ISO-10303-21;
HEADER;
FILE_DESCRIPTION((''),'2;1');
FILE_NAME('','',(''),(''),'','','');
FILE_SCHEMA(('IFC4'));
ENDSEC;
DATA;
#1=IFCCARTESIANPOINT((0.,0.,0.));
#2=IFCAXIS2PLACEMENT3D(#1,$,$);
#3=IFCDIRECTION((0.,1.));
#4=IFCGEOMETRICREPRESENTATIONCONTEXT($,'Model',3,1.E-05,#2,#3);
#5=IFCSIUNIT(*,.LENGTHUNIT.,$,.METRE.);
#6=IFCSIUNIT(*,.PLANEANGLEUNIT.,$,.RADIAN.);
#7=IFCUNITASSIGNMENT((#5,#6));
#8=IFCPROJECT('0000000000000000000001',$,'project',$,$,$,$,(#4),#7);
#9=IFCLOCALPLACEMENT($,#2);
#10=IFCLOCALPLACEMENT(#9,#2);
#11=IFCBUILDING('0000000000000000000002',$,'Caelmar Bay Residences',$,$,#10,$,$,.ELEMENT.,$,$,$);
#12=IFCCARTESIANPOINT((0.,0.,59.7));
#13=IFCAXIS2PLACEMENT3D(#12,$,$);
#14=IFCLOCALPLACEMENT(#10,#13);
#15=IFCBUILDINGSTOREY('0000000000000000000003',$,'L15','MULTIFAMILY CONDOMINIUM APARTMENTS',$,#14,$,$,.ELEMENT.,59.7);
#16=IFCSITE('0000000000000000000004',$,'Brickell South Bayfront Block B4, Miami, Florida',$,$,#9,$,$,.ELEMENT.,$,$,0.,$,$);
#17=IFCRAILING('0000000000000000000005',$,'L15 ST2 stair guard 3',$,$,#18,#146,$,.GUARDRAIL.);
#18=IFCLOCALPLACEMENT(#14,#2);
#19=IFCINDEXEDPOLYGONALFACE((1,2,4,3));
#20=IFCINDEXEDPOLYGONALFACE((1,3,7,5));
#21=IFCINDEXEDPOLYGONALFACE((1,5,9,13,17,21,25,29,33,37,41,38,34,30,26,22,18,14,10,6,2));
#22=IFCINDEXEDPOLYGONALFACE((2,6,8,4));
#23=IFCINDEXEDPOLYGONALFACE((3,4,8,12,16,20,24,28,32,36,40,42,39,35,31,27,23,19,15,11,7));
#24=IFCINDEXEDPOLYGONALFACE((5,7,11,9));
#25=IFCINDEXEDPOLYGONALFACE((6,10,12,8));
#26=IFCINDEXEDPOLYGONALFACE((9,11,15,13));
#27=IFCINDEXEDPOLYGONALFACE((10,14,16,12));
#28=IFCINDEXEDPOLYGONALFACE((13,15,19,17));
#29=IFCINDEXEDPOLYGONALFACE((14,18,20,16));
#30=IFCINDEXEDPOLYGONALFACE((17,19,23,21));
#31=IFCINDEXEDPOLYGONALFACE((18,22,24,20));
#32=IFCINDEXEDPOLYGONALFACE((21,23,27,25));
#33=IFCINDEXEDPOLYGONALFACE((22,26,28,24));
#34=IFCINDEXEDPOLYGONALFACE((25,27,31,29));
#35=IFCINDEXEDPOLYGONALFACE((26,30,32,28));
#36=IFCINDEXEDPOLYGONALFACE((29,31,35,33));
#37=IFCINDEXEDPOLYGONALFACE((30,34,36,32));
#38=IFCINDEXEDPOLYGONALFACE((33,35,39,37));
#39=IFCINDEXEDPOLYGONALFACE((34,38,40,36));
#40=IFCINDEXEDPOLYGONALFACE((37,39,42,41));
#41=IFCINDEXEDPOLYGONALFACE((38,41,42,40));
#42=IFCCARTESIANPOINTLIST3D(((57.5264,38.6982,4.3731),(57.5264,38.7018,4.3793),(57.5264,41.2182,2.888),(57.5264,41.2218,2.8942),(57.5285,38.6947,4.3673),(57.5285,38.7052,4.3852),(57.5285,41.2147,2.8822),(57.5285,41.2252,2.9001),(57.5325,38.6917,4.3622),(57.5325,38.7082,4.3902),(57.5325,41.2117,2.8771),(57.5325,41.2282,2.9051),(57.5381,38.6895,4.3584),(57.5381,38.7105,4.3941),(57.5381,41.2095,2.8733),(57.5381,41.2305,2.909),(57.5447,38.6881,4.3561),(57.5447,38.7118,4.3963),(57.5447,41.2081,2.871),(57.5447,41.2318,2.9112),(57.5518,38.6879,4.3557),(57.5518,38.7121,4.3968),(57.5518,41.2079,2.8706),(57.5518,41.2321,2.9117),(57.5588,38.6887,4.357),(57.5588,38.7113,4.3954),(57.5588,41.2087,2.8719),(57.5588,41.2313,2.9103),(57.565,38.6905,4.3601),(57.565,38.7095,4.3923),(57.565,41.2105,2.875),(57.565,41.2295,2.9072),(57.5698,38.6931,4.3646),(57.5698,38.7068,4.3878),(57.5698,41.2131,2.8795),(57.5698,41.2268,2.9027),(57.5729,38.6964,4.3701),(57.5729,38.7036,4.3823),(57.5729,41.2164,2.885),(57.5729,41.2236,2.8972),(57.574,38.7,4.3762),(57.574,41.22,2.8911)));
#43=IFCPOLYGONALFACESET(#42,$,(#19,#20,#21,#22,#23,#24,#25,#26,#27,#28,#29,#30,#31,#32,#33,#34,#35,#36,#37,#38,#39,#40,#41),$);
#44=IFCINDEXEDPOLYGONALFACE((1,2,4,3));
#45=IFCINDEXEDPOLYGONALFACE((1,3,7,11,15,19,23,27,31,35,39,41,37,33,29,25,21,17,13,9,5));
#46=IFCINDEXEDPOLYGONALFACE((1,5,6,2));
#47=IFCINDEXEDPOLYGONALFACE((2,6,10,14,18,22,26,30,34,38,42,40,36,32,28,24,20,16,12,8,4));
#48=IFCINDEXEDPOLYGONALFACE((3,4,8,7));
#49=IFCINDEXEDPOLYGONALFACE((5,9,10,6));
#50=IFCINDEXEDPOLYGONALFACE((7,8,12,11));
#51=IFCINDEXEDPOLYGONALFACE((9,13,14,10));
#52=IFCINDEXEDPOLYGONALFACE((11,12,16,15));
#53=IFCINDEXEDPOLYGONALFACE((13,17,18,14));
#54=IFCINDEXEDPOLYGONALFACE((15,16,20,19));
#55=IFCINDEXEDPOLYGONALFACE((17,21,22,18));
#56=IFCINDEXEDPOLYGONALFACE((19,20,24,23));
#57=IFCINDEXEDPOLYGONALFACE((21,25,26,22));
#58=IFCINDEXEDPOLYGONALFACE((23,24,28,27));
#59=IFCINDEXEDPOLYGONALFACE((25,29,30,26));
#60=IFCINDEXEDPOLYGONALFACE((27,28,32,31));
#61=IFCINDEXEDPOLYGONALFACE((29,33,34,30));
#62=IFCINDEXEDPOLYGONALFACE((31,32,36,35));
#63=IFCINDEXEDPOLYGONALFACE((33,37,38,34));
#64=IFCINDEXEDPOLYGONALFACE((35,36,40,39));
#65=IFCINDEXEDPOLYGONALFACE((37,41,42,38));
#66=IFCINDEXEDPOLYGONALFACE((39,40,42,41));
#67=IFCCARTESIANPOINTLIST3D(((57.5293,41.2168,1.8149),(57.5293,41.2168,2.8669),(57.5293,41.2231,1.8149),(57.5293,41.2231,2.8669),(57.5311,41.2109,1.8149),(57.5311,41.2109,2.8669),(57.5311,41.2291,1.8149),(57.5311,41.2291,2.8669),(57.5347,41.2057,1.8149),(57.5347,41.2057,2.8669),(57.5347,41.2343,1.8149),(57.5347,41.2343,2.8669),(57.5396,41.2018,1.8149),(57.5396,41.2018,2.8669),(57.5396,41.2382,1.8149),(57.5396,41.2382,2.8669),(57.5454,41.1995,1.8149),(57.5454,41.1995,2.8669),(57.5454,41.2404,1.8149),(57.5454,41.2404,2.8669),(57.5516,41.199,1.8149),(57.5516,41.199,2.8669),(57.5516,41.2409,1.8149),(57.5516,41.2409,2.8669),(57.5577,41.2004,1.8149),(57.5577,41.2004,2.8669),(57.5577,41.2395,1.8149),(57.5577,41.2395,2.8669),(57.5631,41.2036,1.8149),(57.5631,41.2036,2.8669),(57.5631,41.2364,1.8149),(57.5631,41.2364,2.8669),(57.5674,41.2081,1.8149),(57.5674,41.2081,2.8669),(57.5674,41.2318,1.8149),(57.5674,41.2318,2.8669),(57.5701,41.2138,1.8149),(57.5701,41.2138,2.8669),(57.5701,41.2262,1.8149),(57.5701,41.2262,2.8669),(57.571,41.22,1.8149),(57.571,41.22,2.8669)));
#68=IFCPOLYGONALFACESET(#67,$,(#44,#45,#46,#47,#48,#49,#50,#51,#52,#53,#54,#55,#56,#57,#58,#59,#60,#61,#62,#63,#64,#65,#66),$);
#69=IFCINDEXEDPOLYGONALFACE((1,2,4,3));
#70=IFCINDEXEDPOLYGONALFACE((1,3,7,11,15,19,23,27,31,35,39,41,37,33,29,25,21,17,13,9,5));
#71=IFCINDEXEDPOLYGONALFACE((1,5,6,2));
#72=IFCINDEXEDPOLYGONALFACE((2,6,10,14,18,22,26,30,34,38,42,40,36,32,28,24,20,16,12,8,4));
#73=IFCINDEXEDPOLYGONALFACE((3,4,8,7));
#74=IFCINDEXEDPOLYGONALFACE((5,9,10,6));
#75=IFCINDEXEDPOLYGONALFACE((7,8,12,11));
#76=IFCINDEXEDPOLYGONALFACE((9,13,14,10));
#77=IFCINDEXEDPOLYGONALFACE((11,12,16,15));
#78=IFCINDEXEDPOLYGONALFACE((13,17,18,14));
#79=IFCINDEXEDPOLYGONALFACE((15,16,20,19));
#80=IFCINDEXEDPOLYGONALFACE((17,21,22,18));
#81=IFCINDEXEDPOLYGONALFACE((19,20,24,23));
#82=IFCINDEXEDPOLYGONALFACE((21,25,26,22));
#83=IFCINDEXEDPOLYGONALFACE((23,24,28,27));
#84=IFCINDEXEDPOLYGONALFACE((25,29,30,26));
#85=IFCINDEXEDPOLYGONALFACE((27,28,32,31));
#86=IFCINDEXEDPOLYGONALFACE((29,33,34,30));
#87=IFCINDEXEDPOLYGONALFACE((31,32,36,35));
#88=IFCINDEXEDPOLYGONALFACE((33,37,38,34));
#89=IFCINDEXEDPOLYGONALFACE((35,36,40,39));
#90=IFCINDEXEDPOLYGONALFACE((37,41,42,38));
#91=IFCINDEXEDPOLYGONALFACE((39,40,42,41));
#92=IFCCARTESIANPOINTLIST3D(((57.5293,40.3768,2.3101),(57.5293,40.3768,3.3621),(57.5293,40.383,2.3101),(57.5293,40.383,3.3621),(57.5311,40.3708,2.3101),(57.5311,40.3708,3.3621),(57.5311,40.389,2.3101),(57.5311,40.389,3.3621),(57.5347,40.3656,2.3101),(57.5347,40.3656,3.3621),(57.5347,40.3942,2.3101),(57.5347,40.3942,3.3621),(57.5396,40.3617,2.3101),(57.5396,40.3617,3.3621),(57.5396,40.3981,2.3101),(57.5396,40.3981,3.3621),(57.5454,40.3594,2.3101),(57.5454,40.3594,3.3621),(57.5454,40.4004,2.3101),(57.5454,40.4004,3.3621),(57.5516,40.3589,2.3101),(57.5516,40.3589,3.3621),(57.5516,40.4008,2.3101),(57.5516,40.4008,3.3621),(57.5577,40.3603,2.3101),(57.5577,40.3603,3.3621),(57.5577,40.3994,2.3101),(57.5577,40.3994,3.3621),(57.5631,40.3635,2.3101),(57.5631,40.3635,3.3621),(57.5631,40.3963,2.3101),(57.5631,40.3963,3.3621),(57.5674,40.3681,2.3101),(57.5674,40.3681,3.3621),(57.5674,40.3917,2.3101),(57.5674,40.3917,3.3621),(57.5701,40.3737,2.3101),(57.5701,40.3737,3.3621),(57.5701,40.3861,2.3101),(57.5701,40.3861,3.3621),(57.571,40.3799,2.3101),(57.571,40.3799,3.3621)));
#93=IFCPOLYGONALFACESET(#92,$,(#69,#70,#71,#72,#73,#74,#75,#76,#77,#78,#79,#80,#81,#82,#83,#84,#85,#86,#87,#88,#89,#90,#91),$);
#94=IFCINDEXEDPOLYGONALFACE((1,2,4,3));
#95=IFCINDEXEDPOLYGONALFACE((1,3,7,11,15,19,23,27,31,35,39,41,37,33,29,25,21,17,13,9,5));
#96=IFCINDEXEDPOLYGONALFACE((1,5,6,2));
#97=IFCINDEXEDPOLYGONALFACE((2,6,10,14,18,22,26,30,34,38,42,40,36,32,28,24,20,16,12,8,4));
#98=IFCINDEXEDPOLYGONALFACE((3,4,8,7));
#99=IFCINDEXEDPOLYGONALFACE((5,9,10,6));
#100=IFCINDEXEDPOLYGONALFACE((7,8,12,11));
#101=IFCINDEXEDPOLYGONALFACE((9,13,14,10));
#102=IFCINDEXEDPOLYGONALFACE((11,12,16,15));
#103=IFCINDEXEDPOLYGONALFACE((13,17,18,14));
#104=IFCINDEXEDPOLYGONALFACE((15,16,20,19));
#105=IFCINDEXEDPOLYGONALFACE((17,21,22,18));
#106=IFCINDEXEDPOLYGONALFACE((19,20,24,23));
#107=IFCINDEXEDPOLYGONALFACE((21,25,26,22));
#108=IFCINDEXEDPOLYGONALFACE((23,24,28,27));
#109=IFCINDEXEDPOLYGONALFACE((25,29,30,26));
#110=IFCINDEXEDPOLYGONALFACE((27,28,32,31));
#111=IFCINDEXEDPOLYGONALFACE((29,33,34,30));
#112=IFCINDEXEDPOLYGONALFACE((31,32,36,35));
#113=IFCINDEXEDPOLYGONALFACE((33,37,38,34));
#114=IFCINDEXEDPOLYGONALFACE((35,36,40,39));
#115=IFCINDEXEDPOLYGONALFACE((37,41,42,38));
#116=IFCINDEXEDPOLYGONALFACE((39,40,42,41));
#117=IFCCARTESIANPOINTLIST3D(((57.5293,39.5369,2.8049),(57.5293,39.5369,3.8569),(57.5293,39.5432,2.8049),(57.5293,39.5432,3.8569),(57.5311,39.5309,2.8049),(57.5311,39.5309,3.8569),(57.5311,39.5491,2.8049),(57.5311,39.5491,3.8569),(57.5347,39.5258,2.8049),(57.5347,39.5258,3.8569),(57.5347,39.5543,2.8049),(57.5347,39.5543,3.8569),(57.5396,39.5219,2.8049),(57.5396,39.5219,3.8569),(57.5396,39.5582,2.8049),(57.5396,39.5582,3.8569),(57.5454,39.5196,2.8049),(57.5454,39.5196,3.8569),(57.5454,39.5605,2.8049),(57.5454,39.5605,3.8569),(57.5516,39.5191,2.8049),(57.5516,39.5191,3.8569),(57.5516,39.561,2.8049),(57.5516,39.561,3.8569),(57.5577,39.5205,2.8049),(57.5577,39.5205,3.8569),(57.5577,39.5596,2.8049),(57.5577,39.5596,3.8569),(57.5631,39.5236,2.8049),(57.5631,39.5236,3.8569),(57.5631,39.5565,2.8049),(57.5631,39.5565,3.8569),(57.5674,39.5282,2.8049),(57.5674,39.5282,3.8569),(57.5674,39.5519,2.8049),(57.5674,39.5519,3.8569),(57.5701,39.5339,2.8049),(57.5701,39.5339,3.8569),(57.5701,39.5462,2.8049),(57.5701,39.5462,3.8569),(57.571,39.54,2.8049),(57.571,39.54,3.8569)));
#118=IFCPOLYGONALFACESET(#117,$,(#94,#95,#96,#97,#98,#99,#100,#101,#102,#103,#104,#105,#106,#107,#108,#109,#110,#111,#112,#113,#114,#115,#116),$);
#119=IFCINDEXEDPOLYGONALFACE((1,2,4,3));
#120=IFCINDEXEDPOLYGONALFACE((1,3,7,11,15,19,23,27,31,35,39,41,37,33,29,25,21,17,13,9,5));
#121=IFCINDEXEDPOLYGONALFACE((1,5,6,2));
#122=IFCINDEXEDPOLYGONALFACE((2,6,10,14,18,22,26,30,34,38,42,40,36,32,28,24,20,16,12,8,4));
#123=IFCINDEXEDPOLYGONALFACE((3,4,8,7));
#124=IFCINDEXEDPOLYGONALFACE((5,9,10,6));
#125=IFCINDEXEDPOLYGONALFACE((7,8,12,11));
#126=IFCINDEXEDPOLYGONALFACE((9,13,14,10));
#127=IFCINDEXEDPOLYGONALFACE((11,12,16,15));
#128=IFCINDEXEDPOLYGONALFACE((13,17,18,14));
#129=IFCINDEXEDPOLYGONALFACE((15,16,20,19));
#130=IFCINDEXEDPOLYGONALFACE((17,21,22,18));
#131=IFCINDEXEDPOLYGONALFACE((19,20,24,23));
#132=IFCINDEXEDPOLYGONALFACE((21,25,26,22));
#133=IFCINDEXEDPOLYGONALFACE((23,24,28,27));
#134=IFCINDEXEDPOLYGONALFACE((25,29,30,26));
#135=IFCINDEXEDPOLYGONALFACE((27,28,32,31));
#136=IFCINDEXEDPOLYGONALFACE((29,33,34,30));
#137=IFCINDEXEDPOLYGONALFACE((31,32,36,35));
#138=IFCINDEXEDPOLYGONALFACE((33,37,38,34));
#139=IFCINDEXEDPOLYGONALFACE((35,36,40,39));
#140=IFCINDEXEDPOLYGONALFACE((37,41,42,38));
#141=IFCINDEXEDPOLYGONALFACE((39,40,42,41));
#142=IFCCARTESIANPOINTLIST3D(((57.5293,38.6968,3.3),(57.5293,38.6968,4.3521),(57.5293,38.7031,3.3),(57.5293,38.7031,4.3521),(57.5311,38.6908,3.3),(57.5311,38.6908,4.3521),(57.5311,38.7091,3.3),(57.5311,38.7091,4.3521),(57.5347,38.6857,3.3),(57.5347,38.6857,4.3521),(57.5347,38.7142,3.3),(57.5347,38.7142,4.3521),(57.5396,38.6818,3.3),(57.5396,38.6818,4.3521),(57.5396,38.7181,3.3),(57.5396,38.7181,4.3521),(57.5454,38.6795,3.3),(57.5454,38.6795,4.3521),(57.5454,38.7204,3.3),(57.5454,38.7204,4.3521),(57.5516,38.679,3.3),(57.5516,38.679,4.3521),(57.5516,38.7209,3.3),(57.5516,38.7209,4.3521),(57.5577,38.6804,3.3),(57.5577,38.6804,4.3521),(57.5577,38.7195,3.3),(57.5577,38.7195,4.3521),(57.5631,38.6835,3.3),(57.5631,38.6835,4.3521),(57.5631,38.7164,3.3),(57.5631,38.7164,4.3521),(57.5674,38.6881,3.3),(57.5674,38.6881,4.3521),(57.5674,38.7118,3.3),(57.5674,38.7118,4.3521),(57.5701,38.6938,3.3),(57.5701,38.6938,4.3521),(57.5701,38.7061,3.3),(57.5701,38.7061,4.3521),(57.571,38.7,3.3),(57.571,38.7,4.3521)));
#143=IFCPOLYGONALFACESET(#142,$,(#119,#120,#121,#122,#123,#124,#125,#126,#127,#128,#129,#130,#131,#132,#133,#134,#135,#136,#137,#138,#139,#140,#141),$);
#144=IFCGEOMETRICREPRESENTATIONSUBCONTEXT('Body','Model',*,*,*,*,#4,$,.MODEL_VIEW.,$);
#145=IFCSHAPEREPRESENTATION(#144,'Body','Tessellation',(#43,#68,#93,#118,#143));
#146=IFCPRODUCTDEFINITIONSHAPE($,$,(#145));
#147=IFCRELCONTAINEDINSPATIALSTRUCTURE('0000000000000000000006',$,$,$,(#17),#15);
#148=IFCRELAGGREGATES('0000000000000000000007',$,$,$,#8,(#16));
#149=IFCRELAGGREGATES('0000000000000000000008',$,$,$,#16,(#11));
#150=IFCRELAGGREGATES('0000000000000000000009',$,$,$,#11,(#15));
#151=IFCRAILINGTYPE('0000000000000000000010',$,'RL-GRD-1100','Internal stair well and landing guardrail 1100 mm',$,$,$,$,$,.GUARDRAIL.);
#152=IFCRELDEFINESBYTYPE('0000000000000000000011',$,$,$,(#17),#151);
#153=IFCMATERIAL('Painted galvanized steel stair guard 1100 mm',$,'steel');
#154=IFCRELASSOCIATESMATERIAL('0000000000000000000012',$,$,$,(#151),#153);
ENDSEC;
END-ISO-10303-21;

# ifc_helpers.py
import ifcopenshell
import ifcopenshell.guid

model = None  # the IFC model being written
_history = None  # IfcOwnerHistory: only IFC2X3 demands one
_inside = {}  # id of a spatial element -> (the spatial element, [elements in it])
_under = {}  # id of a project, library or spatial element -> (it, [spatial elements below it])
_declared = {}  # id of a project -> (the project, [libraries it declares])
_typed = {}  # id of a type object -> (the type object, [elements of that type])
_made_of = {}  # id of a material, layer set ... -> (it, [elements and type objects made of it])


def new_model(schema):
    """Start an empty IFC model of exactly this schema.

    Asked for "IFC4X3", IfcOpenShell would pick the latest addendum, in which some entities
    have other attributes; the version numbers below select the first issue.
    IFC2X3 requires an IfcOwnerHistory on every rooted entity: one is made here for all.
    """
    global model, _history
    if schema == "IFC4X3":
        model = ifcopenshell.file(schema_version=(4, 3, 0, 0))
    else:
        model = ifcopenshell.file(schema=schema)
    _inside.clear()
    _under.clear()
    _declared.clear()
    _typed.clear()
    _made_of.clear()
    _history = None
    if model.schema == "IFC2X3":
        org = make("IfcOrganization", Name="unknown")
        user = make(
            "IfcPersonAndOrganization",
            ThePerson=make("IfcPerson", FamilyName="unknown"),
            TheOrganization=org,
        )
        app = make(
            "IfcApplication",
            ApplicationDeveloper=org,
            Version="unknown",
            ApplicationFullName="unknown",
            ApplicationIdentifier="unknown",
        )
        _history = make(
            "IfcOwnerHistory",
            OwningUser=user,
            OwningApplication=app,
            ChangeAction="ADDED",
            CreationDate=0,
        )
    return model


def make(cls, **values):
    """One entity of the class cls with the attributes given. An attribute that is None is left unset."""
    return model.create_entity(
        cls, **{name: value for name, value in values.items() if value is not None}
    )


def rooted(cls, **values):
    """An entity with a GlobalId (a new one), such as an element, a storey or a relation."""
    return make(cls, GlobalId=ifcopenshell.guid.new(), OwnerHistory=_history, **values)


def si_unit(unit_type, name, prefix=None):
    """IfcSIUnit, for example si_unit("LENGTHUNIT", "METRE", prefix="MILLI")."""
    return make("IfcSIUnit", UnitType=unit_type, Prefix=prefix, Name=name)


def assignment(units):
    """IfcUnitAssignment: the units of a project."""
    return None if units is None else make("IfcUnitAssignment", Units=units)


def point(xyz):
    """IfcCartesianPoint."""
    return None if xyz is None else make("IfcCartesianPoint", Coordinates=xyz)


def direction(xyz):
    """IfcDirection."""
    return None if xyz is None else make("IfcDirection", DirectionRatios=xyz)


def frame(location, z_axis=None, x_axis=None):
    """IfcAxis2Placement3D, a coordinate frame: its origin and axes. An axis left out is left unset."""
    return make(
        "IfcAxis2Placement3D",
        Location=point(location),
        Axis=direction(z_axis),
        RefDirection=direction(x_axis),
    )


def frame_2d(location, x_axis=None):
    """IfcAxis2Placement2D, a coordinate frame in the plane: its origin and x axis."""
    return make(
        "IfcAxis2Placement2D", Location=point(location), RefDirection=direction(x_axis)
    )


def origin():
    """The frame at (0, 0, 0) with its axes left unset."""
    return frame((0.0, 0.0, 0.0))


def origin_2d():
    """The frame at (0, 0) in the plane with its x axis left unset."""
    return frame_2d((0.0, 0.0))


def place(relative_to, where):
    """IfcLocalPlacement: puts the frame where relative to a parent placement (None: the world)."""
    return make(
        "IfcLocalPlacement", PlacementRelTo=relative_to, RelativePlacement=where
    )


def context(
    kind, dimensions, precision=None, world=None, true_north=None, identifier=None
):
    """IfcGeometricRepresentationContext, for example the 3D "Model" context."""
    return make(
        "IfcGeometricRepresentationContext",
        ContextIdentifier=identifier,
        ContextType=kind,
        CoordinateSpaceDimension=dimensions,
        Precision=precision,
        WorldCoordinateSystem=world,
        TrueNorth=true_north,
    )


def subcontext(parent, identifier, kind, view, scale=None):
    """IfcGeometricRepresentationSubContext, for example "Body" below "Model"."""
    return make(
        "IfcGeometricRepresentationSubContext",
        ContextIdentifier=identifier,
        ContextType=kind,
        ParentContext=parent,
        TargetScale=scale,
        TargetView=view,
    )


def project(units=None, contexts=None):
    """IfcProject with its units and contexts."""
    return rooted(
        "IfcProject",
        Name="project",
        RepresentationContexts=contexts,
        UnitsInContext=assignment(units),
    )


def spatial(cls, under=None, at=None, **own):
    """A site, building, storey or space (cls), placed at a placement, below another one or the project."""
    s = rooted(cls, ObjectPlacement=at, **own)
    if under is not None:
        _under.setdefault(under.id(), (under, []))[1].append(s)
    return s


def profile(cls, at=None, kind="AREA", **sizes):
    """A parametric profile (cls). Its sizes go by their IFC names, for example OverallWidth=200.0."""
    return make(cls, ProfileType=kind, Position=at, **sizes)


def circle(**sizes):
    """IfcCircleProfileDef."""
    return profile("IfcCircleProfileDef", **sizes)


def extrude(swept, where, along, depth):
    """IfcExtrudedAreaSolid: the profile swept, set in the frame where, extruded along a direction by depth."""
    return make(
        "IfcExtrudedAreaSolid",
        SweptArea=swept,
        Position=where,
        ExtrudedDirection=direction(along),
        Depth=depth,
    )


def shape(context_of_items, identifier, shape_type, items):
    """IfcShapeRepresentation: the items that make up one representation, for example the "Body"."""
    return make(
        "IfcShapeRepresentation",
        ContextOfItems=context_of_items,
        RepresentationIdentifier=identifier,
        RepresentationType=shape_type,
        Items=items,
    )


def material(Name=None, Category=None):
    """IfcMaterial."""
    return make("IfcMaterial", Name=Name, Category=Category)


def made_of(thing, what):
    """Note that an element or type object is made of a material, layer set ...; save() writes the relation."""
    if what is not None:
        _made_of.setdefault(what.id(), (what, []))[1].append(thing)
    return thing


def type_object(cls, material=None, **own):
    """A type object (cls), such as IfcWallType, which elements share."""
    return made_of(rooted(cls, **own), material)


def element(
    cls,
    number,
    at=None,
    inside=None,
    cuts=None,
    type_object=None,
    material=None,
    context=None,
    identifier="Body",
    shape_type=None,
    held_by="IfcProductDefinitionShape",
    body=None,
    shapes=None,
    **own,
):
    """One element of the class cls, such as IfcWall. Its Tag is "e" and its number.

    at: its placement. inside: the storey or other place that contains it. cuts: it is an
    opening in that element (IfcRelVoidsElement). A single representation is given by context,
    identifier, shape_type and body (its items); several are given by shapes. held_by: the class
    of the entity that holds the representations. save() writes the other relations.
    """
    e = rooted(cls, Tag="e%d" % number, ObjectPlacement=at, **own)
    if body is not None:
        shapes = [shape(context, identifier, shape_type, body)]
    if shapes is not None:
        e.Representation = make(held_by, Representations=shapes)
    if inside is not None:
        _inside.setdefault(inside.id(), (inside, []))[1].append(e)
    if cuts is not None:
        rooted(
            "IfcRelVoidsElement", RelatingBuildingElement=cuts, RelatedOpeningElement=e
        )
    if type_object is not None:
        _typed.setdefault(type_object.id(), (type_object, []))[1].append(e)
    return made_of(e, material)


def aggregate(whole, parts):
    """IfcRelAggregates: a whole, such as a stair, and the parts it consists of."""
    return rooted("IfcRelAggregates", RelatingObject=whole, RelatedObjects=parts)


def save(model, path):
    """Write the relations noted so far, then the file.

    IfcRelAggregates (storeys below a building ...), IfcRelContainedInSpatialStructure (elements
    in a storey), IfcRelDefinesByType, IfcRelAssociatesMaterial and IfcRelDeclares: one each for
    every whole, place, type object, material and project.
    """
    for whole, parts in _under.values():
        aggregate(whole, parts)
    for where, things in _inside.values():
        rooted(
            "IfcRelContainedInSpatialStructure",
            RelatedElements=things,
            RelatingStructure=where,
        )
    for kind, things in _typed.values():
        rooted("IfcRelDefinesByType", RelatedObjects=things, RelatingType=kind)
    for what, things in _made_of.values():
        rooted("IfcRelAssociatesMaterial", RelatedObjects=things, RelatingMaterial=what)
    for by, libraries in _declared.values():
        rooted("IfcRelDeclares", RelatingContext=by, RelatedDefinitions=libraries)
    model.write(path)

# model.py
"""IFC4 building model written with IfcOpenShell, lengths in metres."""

from ifc_helpers import new_model, si_unit, direction, frame, origin, origin_2d, place, context, subcontext, project, spatial, circle, extrude, material, type_object, element, save


model = new_model("IFC4")

# Units and contexts
model_context = context("Model", 3, precision=1e-05, world=origin(), true_north=direction((0.0, 1.0)))
body_context = subcontext(model_context, "Body", "Model", "MODEL_VIEW")
ifc_project = project(units=[si_unit("LENGTHUNIT", "METRE"), si_unit("PLANEANGLEUNIT", "RADIAN")], contexts=[model_context])

# Site, building, storey
site_placement = place(None, origin())
site = spatial("IfcSite", under=ifc_project, at=site_placement, Name="Brickell South Bayfront Block B4, Miami, Florida", CompositionType="ELEMENT", RefElevation=0.0)
building_placement = place(site_placement, origin())
building = spatial("IfcBuilding", under=site, at=building_placement, Name="Caelmar Bay Residences", CompositionType="ELEMENT")
storey_placement = place(building_placement, frame((0.0, 0.0, 59.7)))
storey = spatial("IfcBuildingStorey", under=building, at=storey_placement, Name="L15", Description="MULTIFAMILY CONDOMINIUM APARTMENTS", CompositionType="ELEMENT", Elevation=59.7)

# Railing
ifc_material_1 = material(Name="Painted galvanized steel stair guard 1100 mm", Category="steel")
railing_type_1 = type_object("IfcRailingType", Name="RL-GRD-1100", Description="Internal stair well and landing guardrail 1100 mm", PredefinedType="GUARDRAIL", material=ifc_material_1)
railing_1_placement = place(storey_placement, frame((57.55, 41.22, 1.8149)))
element("IfcRailing", 1, at=railing_1_placement, inside=storey, type_object=railing_type_1, Name="L15 ST2 stair guard 3", PredefinedType="GUARDRAIL", context=body_context, shape_type="SweptSolid", body=[
    extrude(circle(Radius=0.0239, at=origin_2d()), frame((0.0, 0.0, 1.0762), z_axis=(0.0, -0.861524, 0.507717), x_axis=(1.0, 0.0, 0.0)), (0.0, 0.0, 1.0), 2.925),
    extrude(circle(Radius=0.021, at=origin_2d()), origin(), (0.0, 0.0, 1.0), 1.052),
    extrude(circle(Radius=0.021, at=origin_2d()), frame((0.0, -0.8401, 0.4951)), (0.0, 0.0, 1.0), 1.052),
    extrude(circle(Radius=0.021, at=origin_2d()), frame((0.0, -1.6799, 0.99)), (0.0, 0.0, 1.0), 1.052),
    extrude(circle(Radius=0.021, at=origin_2d()), frame((0.0, -2.52, 1.4851)), (0.0, 0.0, 1.0), 1.052),
])

save(model, "model.ifc")
